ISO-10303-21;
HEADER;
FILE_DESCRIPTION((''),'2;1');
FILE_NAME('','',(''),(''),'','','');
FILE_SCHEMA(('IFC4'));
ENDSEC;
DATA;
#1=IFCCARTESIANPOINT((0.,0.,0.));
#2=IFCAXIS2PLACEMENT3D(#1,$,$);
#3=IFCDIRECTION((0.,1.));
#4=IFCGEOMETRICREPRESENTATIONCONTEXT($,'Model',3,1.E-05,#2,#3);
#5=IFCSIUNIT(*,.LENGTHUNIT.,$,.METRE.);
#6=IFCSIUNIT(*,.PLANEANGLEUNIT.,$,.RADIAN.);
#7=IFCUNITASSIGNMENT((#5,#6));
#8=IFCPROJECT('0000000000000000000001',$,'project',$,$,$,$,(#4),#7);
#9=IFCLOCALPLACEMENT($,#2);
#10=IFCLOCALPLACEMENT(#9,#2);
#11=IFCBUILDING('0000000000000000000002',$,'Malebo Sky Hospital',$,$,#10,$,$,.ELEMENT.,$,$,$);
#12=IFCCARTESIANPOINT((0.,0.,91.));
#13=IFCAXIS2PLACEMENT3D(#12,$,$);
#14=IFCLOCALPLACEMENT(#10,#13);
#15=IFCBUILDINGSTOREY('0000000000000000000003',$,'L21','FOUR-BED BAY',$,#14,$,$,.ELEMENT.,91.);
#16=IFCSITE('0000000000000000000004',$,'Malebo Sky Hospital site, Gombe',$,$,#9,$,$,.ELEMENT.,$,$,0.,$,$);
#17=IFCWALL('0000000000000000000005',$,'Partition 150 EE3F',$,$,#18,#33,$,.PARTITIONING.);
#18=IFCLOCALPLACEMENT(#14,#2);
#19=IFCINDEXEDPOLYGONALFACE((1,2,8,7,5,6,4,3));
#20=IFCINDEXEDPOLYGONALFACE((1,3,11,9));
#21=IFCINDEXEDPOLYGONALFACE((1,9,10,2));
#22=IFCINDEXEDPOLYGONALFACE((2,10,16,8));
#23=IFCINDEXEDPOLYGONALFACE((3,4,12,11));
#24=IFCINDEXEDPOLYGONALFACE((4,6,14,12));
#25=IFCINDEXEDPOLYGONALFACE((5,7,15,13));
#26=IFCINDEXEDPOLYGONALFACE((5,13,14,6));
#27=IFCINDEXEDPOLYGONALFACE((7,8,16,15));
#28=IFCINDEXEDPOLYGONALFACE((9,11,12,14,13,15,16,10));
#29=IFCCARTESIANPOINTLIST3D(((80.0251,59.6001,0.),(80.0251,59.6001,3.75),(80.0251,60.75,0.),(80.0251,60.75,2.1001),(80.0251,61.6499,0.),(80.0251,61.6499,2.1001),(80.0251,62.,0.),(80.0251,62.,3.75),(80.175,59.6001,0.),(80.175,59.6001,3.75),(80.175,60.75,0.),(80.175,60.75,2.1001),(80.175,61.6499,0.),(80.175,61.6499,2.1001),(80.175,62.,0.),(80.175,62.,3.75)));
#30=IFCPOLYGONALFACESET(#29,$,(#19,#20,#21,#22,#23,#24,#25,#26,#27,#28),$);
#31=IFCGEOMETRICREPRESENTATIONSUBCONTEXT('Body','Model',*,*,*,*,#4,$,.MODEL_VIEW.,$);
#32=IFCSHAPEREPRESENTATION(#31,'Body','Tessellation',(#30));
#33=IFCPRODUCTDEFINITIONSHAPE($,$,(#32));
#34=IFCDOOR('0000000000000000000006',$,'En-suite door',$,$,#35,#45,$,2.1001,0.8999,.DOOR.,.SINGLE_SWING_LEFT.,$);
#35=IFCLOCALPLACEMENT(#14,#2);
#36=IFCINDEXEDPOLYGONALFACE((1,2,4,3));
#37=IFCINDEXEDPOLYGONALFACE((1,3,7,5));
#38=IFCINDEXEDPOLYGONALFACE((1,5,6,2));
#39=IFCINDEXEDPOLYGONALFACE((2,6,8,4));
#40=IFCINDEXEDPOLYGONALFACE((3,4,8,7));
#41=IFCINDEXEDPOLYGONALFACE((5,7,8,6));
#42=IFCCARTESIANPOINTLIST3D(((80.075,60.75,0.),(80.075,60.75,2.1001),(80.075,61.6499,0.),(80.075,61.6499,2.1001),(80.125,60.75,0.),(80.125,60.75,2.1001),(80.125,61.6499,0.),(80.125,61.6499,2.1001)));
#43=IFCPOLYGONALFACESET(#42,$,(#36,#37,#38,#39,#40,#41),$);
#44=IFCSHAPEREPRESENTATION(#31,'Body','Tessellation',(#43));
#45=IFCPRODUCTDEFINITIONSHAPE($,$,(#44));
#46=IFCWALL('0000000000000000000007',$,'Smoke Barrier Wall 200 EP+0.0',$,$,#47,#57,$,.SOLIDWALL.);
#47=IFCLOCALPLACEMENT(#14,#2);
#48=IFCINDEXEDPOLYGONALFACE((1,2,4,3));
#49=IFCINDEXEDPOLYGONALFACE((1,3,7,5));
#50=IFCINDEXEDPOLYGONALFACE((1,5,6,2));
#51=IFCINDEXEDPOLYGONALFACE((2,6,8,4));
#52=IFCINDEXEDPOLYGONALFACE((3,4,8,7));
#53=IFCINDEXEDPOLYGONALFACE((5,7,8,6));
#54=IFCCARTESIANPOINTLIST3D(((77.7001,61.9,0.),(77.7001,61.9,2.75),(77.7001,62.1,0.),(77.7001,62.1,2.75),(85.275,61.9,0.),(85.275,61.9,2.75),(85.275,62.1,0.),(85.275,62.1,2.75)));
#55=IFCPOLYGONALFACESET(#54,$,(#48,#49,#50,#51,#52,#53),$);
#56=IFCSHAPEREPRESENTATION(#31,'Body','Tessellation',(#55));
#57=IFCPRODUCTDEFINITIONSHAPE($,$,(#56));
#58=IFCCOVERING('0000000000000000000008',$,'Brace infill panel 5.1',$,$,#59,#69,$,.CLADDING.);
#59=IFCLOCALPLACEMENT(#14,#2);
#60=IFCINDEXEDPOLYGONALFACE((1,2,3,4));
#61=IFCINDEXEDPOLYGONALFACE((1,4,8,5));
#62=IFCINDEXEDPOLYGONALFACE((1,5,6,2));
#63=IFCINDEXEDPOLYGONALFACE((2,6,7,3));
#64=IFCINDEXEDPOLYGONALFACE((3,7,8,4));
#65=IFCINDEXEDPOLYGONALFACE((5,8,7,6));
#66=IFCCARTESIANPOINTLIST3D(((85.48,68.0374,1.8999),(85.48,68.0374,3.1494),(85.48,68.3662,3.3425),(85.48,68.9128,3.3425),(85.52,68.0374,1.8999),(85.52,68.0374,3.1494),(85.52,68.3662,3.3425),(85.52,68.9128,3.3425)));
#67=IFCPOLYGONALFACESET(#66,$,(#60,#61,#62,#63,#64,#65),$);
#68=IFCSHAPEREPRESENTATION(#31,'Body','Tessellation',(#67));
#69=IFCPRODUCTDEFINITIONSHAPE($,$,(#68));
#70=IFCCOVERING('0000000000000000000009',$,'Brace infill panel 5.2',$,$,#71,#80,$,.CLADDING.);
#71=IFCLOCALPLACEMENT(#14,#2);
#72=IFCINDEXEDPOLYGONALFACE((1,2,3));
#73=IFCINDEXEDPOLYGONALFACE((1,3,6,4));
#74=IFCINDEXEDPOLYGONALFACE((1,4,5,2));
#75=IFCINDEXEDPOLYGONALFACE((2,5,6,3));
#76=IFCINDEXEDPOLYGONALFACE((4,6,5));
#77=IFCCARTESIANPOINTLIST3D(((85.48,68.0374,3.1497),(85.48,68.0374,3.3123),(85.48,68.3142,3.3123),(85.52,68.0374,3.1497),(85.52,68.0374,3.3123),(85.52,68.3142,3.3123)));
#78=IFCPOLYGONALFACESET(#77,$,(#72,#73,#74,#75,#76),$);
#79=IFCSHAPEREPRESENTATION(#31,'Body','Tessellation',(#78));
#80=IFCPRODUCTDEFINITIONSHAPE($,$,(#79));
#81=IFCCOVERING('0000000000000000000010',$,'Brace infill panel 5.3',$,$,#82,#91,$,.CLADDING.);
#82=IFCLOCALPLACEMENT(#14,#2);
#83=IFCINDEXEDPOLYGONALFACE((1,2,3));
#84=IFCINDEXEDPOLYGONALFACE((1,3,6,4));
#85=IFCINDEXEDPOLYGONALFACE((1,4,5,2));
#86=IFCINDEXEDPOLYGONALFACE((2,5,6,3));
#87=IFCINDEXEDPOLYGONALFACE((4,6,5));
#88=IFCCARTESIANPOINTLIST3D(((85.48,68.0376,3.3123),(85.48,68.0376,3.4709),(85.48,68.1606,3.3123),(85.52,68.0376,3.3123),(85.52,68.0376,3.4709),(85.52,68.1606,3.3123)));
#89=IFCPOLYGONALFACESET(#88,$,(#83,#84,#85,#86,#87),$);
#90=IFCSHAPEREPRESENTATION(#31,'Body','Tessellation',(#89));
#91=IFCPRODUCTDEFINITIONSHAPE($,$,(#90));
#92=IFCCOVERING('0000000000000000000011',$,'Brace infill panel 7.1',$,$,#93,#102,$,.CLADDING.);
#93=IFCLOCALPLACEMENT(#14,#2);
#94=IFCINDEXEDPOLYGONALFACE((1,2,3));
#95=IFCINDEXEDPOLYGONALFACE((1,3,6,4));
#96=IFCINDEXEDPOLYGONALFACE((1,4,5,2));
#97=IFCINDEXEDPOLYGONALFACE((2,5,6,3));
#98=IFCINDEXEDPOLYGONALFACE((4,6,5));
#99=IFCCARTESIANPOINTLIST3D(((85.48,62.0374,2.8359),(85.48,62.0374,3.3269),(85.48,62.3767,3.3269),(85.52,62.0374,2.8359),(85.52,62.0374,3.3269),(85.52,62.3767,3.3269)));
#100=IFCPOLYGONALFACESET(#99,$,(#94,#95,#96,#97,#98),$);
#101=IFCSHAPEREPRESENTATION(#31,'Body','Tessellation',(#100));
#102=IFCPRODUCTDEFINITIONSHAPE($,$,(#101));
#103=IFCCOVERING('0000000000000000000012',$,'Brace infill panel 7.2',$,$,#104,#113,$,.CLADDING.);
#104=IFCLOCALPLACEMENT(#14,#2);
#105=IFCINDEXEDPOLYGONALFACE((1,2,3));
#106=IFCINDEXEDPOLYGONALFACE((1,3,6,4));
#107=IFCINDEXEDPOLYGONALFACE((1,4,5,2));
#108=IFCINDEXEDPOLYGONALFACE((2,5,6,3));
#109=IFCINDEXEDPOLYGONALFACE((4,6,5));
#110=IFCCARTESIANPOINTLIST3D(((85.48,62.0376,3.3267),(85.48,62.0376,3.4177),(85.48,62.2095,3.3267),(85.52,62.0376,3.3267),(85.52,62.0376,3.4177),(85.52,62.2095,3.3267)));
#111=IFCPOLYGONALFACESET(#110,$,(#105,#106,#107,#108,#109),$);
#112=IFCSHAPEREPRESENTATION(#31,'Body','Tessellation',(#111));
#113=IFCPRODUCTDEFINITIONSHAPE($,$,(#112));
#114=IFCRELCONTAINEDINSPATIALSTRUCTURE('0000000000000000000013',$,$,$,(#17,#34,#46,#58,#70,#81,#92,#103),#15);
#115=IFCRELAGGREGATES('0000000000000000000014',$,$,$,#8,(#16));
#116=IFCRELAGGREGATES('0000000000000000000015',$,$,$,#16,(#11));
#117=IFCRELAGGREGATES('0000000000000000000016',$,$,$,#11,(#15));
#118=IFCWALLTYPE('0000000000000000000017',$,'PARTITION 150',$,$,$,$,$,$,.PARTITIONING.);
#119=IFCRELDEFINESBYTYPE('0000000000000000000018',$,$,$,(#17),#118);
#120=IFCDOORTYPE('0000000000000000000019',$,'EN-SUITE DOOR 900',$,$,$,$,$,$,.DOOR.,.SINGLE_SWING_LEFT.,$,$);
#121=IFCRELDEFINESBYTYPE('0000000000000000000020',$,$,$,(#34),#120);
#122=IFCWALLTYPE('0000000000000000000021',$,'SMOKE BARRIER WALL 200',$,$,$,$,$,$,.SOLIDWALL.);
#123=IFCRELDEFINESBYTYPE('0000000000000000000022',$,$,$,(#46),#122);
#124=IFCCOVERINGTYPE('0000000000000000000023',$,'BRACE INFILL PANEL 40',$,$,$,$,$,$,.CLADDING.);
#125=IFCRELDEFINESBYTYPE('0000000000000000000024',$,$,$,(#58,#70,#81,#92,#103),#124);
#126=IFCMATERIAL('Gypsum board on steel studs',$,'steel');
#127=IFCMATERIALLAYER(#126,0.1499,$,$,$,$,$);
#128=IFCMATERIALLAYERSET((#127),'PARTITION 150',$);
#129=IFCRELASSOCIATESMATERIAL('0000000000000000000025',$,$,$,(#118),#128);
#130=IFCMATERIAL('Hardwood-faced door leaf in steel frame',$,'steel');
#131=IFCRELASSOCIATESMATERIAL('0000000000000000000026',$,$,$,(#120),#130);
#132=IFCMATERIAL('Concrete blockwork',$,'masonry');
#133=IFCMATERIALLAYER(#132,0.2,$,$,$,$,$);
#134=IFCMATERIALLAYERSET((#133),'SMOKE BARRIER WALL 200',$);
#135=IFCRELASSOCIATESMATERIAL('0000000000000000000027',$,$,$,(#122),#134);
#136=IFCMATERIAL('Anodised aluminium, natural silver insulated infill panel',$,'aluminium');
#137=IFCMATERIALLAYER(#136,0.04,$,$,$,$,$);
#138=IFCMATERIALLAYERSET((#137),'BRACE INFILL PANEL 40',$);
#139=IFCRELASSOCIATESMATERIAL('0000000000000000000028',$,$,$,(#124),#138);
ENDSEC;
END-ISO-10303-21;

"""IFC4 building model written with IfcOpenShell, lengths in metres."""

from ifc_helpers import new_model, si_unit, direction, frame, frame_2d, origin, place, context, subcontext, project, spatial, polyline, rectangle, outline, extrude, material, layer, layer_set, type_object, element, fill, save


model = new_model("IFC4")

# Units and contexts
model_context = context("Model", 3, precision=1e-05, world=origin(), true_north=direction((0.0, 1.0)))
body_context = subcontext(model_context, "Body", "Model", "MODEL_VIEW")
ifc_project = project(units=[si_unit("LENGTHUNIT", "METRE"), si_unit("PLANEANGLEUNIT", "RADIAN")], contexts=[model_context])

# Site, building, storey
site_placement = place(None, origin())
site = spatial("IfcSite", under=ifc_project, at=site_placement, Name="Malebo Sky Hospital site, Gombe", CompositionType="ELEMENT", RefElevation=0.0)
building_placement = place(site_placement, origin())
building = spatial("IfcBuilding", under=site, at=building_placement, Name="Malebo Sky Hospital", CompositionType="ELEMENT")
storey_placement = place(building_placement, frame((0.0, 0.0, 91.0)))
storey = spatial("IfcBuildingStorey", under=building, at=storey_placement, Name="L21", Description="FOUR-BED BAY", CompositionType="ELEMENT", Elevation=91.0)

# Shared definitions
ifc_material_1 = material(Name="Gypsum board on steel studs", Category="steel")
ifc_layer_1 = layer(ifc_material_1, 0.1499)
ifc_layer_set_1 = layer_set([ifc_layer_1], Name="PARTITION 150")
wall_type_1 = type_object("IfcWallType", Name="PARTITION 150", PredefinedType="PARTITIONING", material=ifc_layer_set_1)

# Shared definitions
ifc_material_2 = material(Name="Hardwood-faced door leaf in steel frame", Category="steel")
door_type = type_object("IfcDoorType", Name="EN-SUITE DOOR 900", OperationType="SINGLE_SWING_LEFT", PredefinedType="DOOR", material=ifc_material_2)

# Wall, opening, door
wall_1_placement = place(storey_placement, frame((80.1001, 62.0, 0.0), z_axis=(0.0, 0.0, 1.0), x_axis=(0.0, -1.0, 0.0)))
wall_1 = element("IfcWall", 1, at=wall_1_placement, inside=storey, type_object=wall_type_1, Name="Partition 150 EE3F", PredefinedType="PARTITIONING", context=body_context, shape_type="SweptSolid", body=[
    extrude(rectangle(XDim=2.3999, YDim=0.1499, at=frame_2d((1.2, 0.0))), origin(), (0.0, 0.0, 1.0), 3.75),
])
opening_1_placement = place(wall_1_placement, frame((0.3501, 0.0, 0.0)))
opening_1 = element("IfcOpeningElement", 2, at=opening_1_placement, cuts=wall_1, PredefinedType="OPENING", context=body_context, shape_type="SweptSolid", body=[
    extrude(rectangle(XDim=0.8999, YDim=2.1001, at=frame_2d((0.45, 1.05))), frame((0.0, 0.085, 0.0), z_axis=(0.0, -1.0, 0.0), x_axis=(1.0, 0.0, 0.0)), (0.0, 0.0, 1.0), 0.1699),
])
door_1_placement = place(opening_1_placement, origin())
door_1 = element("IfcDoor", 3, at=door_1_placement, inside=storey, type_object=door_type, Name="En-suite door", OperationType="SINGLE_SWING_LEFT", OverallHeight=2.1001, OverallWidth=0.8999, PredefinedType="DOOR", context=body_context, shape_type="SweptSolid", body=[
    extrude(rectangle(XDim=0.8999, YDim=2.1001, at=frame_2d((0.45, 1.05))), frame((0.0, 0.0249, 0.0), z_axis=(0.0, -1.0, 0.0), x_axis=(1.0, 0.0, 0.0)), (0.0, 0.0, 1.0), 0.05),
])
fill(opening_1, door_1)

# Wall
ifc_material_3 = material(Name="Concrete blockwork", Category="masonry")
ifc_layer_2 = layer(ifc_material_3, 0.2)
ifc_layer_set_2 = layer_set([ifc_layer_2], Name="SMOKE BARRIER WALL 200")
wall_type_2 = type_object("IfcWallType", Name="SMOKE BARRIER WALL 200", PredefinedType="SOLIDWALL", material=ifc_layer_set_2)
wall_2_placement = place(storey_placement, frame((77.7, 62.0, 0.0), z_axis=(0.0, 0.0, 1.0), x_axis=(1.0, 0.0, 0.0)))
element("IfcWall", 4, at=wall_2_placement, inside=storey, type_object=wall_type_2, Name="Smoke Barrier Wall 200 EP+0.0", PredefinedType="SOLIDWALL", context=body_context, shape_type="SweptSolid", body=[
    extrude(rectangle(XDim=7.575, YDim=0.2, at=frame_2d((3.7876, 0.0))), origin(), (0.0, 0.0, 1.0), 2.75),
])

# Coverings
ifc_material_4 = material(Name="Anodised aluminium, natural silver insulated infill panel", Category="aluminium")
ifc_layer_3 = layer(ifc_material_4, 0.04)
ifc_layer_set_3 = layer_set([ifc_layer_3], Name="BRACE INFILL PANEL 40")
covering_type = type_object("IfcCoveringType", Name="BRACE INFILL PANEL 40", PredefinedType="CLADDING", material=ifc_layer_set_3)
covering_1_placement = place(storey_placement, frame((85.5, 68.4751, 1.8999), z_axis=(0.0, 0.0, 1.0), x_axis=(0.0, -1.0, 0.0)))
element("IfcCovering", 5, at=covering_1_placement, inside=storey, type_object=covering_type, Name="Brace infill panel 5.1", PredefinedType="CLADDING", context=body_context, shape_type="SweptSolid", body=[
    extrude(outline(polyline([(0.4377, 0.0), (0.4377, 1.2495), (0.1089, 1.4426), (-0.4377, 1.4426), (0.4377, 0.0)])), frame((0.0, 0.02, 0.0), z_axis=(0.0, -1.0, 0.0), x_axis=(1.0, 0.0, 0.0)), (0.0, 0.0, 1.0), 0.04),
])
covering_2_placement = place(storey_placement, frame((85.5, 68.1758, 3.1497), z_axis=(0.0, 0.0, 1.0), x_axis=(0.0, -1.0, 0.0)))
element("IfcCovering", 6, at=covering_2_placement, inside=storey, type_object=covering_type, Name="Brace infill panel 5.2", PredefinedType="CLADDING", context=body_context, shape_type="SweptSolid", body=[
    extrude(outline(polyline([(0.1384, 0.0), (0.1384, 0.1626), (-0.1384, 0.1626), (0.1384, 0.0)])), frame((0.0, 0.02, 0.0), z_axis=(0.0, -1.0, 0.0), x_axis=(1.0, 0.0, 0.0)), (0.0, 0.0, 1.0), 0.04),
])
covering_3_placement = place(storey_placement, frame((85.5, 68.0991, 3.3123), z_axis=(0.0, 0.0, 1.0), x_axis=(0.0, -1.0, 0.0)))
element("IfcCovering", 7, at=covering_3_placement, inside=storey, type_object=covering_type, Name="Brace infill panel 5.3", PredefinedType="CLADDING", context=body_context, shape_type="SweptSolid", body=[
    extrude(outline(polyline([(-0.0615, 0.0), (0.0615, 0.0), (0.0615, 0.1587), (-0.0615, 0.0)])), frame((0.0, 0.02, 0.0), z_axis=(0.0, -1.0, 0.0), x_axis=(1.0, 0.0, 0.0)), (0.0, 0.0, 1.0), 0.04),
])
covering_4_placement = place(storey_placement, frame((85.5, 62.207, 2.8359), z_axis=(0.0, 0.0, 1.0), x_axis=(0.0, -1.0, 0.0)))
element("IfcCovering", 8, at=covering_4_placement, inside=storey, type_object=covering_type, Name="Brace infill panel 7.1", PredefinedType="CLADDING", context=body_context, shape_type="SweptSolid", body=[
    extrude(outline(polyline([(0.1697, 0.0), (0.1697, 0.491), (-0.1697, 0.491), (0.1697, 0.0)])), frame((0.0, 0.02, 0.0), z_axis=(0.0, -1.0, 0.0), x_axis=(1.0, 0.0, 0.0)), (0.0, 0.0, 1.0), 0.04),
])
covering_5_placement = place(storey_placement, frame((85.5, 62.1235, 3.3267), z_axis=(0.0, 0.0, 1.0), x_axis=(0.0, -1.0, 0.0)))
element("IfcCovering", 9, at=covering_5_placement, inside=storey, type_object=covering_type, Name="Brace infill panel 7.2", PredefinedType="CLADDING", context=body_context, shape_type="SweptSolid", body=[
    extrude(outline(polyline([(-0.0859, 0.0), (0.0859, 0.0), (0.0859, 0.0911), (-0.0859, 0.0)])), frame((0.0, 0.02, 0.0), z_axis=(0.0, -1.0, 0.0), x_axis=(1.0, 0.0, 0.0)), (0.0, 0.0, 1.0), 0.04),
])

save(model, "model.ifc")
